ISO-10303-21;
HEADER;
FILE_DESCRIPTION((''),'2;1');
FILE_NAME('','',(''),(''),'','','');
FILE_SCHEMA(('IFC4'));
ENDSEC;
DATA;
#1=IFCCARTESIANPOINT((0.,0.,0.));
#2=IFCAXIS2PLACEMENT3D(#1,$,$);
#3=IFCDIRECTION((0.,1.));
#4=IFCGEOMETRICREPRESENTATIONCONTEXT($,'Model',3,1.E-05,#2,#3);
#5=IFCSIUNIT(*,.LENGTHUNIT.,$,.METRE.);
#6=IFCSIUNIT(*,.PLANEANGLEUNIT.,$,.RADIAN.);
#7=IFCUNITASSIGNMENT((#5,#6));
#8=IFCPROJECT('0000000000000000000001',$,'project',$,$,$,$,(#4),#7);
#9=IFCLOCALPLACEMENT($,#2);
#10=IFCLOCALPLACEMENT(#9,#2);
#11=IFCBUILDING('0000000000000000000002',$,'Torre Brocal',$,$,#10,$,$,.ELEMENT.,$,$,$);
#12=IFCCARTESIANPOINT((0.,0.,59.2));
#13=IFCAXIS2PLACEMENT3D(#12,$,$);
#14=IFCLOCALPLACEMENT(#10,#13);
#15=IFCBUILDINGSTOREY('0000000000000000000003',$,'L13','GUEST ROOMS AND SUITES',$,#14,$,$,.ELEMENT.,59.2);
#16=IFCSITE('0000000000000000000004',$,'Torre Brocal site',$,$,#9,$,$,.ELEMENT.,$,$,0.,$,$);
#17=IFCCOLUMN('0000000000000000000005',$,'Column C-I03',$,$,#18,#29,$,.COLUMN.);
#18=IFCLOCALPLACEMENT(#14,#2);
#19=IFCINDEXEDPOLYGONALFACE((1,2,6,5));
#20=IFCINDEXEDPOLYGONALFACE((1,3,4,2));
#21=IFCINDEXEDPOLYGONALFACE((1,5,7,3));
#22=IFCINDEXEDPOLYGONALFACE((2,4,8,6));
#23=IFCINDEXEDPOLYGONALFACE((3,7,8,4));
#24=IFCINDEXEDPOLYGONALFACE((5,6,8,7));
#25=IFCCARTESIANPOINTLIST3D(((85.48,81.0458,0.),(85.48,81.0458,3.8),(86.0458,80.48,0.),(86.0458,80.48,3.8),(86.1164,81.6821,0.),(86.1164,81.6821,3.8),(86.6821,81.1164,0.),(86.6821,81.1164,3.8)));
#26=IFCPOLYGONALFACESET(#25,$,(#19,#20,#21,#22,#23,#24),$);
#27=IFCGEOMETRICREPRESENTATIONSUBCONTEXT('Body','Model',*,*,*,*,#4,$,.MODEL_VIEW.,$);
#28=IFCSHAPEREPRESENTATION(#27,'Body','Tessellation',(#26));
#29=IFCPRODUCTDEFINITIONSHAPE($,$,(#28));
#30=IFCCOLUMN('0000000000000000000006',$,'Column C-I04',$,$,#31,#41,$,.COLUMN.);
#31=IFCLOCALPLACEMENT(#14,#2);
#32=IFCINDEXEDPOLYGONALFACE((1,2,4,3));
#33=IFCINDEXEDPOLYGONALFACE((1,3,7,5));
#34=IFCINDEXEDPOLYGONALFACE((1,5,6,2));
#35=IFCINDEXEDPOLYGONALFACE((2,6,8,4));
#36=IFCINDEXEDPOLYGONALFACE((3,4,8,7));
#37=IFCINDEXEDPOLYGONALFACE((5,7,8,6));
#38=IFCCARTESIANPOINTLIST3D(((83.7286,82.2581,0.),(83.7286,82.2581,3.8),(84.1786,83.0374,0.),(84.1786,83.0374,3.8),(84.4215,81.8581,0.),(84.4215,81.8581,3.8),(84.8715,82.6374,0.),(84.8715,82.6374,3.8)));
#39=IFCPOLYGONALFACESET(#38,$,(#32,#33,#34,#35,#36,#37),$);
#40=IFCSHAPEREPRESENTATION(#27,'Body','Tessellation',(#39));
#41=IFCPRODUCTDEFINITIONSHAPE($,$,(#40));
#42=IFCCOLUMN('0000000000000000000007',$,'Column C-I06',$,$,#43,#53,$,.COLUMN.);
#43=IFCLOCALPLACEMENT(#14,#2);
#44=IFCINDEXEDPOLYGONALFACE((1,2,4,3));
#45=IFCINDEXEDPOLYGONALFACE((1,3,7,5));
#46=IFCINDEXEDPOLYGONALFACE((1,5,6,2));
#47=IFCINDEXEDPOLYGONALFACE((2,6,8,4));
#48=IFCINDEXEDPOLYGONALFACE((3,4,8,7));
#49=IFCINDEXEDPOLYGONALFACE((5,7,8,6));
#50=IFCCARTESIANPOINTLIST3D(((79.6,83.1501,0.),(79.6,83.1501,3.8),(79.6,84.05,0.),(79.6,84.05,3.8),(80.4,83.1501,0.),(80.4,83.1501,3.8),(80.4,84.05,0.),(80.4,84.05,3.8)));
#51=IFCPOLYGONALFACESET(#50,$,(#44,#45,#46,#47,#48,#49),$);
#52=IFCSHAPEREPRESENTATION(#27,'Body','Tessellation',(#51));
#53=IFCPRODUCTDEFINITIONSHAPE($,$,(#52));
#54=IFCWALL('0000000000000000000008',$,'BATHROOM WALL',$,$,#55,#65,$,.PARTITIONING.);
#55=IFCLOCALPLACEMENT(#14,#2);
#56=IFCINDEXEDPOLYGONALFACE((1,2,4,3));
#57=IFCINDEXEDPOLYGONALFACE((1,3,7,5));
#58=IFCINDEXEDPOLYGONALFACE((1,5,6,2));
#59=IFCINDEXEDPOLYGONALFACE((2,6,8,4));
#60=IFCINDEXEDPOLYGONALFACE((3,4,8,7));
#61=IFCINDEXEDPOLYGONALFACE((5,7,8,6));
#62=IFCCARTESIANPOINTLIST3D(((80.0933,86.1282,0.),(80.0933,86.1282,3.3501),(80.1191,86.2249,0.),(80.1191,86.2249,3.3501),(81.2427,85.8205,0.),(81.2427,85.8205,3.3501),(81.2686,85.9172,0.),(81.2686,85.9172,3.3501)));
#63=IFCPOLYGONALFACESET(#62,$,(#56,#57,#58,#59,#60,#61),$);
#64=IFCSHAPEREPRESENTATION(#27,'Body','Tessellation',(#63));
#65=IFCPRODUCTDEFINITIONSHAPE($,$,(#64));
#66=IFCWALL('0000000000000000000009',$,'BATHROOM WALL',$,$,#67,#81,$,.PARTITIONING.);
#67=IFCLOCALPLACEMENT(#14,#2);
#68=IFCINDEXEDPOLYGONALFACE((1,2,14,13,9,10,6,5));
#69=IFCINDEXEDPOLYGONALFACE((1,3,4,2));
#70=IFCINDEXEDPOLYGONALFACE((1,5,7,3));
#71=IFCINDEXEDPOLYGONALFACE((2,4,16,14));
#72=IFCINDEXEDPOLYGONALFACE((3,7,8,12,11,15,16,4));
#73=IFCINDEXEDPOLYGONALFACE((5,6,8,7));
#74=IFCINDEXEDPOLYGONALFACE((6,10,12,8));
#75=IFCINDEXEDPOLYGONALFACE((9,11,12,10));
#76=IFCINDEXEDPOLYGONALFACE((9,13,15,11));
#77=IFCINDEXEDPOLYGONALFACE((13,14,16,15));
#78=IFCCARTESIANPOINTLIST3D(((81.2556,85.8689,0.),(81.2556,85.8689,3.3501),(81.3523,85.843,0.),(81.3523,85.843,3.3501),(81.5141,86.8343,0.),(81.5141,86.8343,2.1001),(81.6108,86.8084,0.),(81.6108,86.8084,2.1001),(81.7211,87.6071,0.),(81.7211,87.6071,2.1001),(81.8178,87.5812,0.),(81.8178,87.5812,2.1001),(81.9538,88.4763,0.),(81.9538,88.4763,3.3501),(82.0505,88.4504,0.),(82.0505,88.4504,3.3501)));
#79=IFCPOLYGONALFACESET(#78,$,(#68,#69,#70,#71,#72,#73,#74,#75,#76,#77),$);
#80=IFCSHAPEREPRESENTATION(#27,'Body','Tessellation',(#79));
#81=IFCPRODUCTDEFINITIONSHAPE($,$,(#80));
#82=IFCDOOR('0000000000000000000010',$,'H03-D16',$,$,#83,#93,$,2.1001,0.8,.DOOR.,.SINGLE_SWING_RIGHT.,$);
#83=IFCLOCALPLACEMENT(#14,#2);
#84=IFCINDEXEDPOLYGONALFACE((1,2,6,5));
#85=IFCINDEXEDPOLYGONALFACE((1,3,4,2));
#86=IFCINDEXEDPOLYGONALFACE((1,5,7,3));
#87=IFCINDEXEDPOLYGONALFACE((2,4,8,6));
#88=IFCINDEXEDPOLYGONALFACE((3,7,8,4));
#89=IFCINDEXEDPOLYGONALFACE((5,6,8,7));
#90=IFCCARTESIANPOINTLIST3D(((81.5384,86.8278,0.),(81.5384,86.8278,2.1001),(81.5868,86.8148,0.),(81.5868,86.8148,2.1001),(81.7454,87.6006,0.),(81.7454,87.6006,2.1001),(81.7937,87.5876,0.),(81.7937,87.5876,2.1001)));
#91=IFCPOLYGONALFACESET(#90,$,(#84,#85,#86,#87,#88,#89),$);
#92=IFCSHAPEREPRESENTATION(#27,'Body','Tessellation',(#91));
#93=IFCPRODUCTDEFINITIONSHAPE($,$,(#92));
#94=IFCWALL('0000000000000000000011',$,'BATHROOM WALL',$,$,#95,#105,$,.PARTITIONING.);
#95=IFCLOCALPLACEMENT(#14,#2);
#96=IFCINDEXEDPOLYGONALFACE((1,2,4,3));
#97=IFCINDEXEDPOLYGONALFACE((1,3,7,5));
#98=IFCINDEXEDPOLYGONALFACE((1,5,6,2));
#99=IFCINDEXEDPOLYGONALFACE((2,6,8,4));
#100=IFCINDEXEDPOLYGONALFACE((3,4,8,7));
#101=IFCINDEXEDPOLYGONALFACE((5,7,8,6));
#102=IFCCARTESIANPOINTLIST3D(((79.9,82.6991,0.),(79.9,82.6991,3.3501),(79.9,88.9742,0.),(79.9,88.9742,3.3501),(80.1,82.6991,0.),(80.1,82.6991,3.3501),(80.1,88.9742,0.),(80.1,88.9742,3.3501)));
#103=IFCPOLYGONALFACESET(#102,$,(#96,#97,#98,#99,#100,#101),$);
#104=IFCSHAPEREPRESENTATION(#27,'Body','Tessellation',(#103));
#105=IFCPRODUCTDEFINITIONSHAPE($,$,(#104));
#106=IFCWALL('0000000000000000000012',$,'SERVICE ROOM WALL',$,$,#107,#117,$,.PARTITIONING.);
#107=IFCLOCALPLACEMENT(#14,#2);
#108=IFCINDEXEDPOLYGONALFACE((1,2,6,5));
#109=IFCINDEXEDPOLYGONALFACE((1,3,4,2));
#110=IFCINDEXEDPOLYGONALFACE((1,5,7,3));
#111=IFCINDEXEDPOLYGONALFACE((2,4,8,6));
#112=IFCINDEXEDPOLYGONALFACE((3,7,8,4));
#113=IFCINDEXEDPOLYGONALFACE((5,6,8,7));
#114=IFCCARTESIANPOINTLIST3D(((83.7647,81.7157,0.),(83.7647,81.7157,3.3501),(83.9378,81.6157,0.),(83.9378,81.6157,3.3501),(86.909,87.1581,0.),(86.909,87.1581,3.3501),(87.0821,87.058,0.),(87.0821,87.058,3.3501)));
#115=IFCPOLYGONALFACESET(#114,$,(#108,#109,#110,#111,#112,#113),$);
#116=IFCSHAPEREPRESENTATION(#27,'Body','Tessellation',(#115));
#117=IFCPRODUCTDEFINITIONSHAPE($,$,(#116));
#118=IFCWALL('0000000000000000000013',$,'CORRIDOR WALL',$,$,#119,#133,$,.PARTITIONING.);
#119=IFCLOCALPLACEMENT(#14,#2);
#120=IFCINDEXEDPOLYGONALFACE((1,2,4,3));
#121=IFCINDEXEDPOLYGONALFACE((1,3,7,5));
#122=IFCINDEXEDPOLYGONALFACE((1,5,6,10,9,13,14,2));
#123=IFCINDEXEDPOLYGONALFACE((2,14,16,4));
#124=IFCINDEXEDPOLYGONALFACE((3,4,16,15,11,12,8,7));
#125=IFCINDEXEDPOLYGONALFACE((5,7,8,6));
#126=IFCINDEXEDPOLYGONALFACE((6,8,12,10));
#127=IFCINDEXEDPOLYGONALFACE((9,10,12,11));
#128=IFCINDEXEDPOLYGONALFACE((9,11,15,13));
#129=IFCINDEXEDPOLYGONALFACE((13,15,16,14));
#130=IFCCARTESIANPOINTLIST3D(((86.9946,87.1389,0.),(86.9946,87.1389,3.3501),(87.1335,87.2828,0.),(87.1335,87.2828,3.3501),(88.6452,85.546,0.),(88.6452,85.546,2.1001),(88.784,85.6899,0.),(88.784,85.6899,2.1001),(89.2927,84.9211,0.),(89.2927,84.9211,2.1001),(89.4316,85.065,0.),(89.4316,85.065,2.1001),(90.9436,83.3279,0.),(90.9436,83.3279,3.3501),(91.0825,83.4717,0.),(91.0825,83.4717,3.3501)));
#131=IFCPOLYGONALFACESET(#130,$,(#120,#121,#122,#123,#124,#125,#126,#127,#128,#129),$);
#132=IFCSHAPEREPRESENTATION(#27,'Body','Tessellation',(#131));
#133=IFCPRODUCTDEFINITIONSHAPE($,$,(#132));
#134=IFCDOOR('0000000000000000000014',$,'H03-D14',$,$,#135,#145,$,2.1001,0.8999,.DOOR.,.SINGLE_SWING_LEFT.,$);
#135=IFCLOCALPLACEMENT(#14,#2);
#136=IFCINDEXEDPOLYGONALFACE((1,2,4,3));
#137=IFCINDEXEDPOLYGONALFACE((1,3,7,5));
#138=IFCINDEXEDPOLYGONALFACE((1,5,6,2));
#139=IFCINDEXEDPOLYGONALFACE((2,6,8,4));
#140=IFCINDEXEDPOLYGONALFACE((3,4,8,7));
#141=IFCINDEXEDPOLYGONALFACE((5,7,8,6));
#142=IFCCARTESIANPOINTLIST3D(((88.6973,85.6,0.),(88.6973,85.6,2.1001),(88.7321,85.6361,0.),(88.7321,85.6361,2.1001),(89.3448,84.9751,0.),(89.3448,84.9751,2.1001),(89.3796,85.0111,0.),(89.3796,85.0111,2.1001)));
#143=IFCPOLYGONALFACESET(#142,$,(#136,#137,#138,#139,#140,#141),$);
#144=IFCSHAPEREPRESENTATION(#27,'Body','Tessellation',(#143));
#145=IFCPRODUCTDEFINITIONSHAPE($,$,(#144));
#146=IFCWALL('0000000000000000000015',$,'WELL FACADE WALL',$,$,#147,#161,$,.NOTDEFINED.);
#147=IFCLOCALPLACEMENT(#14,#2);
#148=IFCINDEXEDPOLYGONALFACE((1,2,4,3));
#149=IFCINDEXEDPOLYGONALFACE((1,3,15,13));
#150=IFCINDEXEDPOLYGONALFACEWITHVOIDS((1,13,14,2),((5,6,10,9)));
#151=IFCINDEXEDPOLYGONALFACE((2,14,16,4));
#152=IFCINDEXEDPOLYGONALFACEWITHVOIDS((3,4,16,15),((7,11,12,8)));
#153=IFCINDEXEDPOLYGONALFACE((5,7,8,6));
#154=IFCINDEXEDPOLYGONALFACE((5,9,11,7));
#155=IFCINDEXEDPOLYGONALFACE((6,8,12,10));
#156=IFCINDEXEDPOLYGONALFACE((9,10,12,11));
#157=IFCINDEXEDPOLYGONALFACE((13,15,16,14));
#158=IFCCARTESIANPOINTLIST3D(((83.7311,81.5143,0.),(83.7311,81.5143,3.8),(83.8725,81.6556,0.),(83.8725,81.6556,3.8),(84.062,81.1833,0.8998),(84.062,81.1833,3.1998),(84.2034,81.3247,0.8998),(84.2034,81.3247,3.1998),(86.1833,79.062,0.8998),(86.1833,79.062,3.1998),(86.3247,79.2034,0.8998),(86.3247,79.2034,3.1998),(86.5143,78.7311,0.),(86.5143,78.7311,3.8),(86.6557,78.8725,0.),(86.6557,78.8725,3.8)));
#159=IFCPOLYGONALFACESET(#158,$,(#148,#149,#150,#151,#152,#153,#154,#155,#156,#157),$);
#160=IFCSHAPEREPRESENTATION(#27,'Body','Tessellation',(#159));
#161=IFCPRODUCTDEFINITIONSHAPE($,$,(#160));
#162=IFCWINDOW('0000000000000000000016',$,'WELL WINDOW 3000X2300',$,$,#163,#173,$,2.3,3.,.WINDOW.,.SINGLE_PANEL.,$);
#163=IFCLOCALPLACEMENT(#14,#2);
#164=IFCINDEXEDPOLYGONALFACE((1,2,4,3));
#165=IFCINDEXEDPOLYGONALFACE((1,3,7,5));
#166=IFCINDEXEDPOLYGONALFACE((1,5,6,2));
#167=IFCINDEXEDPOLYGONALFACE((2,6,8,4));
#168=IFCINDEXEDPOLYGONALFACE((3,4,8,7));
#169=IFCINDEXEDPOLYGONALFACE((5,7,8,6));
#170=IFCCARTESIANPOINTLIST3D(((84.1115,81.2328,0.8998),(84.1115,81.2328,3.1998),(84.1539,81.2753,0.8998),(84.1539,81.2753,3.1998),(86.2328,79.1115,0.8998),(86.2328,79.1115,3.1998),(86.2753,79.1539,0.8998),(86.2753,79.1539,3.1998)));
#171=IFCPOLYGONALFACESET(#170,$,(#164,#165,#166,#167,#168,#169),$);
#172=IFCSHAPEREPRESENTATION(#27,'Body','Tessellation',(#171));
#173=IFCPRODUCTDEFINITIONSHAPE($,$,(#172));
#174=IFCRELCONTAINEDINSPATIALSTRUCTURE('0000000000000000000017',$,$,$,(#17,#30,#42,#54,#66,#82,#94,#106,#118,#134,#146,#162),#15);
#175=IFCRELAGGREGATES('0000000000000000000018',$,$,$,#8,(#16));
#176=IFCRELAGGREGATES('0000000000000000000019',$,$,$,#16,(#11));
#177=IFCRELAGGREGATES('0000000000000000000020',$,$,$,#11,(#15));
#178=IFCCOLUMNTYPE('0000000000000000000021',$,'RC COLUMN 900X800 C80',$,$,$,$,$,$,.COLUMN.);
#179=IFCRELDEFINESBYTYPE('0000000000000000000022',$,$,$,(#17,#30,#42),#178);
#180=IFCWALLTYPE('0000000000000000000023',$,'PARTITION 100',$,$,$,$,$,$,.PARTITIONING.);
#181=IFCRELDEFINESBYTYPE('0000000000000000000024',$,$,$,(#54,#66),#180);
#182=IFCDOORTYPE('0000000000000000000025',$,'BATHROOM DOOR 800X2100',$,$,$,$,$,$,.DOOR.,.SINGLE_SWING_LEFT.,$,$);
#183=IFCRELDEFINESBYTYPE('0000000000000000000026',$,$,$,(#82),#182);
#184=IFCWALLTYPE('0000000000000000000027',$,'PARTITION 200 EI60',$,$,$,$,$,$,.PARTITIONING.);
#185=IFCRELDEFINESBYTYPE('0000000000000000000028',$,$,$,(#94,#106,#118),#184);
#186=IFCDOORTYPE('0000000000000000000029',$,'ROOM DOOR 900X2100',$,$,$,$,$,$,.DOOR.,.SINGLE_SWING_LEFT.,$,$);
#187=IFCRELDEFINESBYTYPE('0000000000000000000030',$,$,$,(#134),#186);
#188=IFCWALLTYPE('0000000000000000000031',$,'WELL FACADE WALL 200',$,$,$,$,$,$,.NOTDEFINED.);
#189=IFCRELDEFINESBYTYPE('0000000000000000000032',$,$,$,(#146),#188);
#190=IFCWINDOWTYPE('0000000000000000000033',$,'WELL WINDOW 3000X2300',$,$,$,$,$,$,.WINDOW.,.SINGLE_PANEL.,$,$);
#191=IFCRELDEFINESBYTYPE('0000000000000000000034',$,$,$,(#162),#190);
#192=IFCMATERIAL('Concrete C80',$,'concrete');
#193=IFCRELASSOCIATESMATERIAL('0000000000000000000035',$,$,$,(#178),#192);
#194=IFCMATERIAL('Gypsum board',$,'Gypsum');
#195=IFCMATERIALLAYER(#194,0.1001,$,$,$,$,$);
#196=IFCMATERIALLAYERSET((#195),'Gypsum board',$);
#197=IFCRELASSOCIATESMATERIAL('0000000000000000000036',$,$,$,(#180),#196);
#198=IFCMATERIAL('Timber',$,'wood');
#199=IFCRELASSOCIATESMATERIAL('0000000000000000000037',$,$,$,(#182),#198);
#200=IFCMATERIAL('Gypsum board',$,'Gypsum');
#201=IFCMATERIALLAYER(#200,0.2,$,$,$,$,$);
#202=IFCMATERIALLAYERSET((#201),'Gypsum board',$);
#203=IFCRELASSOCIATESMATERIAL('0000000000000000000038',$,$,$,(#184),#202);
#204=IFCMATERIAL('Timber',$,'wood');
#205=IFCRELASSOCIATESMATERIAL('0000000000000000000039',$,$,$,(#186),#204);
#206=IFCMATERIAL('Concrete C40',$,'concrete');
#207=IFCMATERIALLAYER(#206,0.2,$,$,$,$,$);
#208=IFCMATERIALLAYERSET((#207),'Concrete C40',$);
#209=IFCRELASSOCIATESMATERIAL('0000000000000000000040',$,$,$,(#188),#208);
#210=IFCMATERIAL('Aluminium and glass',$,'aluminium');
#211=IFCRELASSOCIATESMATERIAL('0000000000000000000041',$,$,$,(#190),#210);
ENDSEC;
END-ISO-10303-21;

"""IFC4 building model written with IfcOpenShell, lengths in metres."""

from ifc_helpers import new_model, si_unit, direction, frame, frame_2d, origin, origin_2d, place, context, subcontext, project, spatial, rectangle, extrude, material, layer, layer_set, material_profile, profile_set, type_object, element, fill, save


model = new_model("IFC4")

# Units and contexts
model_context = context("Model", 3, precision=1e-05, world=origin(), true_north=direction((0.0, 1.0)))
body_context = subcontext(model_context, "Body", "Model", "MODEL_VIEW")
ifc_project = project(units=[si_unit("LENGTHUNIT", "METRE"), si_unit("PLANEANGLEUNIT", "RADIAN")], contexts=[model_context])

# Site, building, storey
site_placement = place(None, origin())
site = spatial("IfcSite", under=ifc_project, at=site_placement, Name="Torre Brocal site", CompositionType="ELEMENT", RefElevation=0.0)
building_placement = place(site_placement, origin())
building = spatial("IfcBuilding", under=site, at=building_placement, Name="Torre Brocal", CompositionType="ELEMENT")
storey_placement = place(building_placement, frame((0.0, 0.0, 59.2)))
storey = spatial("IfcBuildingStorey", under=building, at=storey_placement, Name="L13", Description="GUEST ROOMS AND SUITES", CompositionType="ELEMENT", Elevation=59.2)

# Columns
ifc_material_1 = material(Name="Concrete C80", Category="concrete")
ifc_material_profile = material_profile(ifc_material_1, rectangle(XDim=0.8999, YDim=0.8, at=origin_2d()), Name="RC 900X800")
ifc_profile_set = profile_set([ifc_material_profile], Name="Concrete C80")
column_type = type_object("IfcColumnType", Name="RC COLUMN 900X800 C80", PredefinedType="COLUMN", material=ifc_profile_set)
for number, where, z_axis, x_axis, name in (
    (1, (86.0811, 81.0811, 0.0), (0.0, 0.0, 1.0), (0.707107, 0.707107, 0.0), "Column C-I03"),
    (2, (84.3, 82.4478, 0.0), (0.0, 0.0, 1.0), (0.5, 0.866025, 0.0), "Column C-I04"),
    (3, (80.0, 83.6001, 0.0), (0.0, 0.0, 1.0), (0.0, 1.0, 0.0), "Column C-I06"),
):
    element("IfcColumn", number, at=place(storey_placement, frame(where, z_axis=z_axis, x_axis=x_axis)), inside=storey, type_object=column_type, Name=name, PredefinedType="COLUMN", context=body_context, shape_type="SweptSolid", body=[
        extrude(rectangle(XDim=0.8999, YDim=0.8, at=origin_2d()), origin(), (0.0, 0.0, 1.0), 3.8),
    ])

# Wall
ifc_material_2 = material(Name="Gypsum board", Category="Gypsum")
ifc_layer_1 = layer(ifc_material_2, 0.1001)
ifc_layer_set_1 = layer_set([ifc_layer_1], Name="Gypsum board")
wall_type_1 = type_object("IfcWallType", Name="PARTITION 100", PredefinedType="PARTITIONING", material=ifc_layer_set_1)
wall_1_placement = place(storey_placement, frame((80.1062, 86.1765, 0.0), z_axis=(0.0, 0.0, 1.0), x_axis=(0.966003, -0.258531, 0.0)))
element("IfcWall", 4, at=wall_1_placement, inside=storey, type_object=wall_type_1, Name="BATHROOM WALL", PredefinedType="PARTITIONING", context=body_context, shape_type="SweptSolid", body=[
    extrude(rectangle(XDim=1.1899, YDim=0.1001, at=frame_2d((0.595, 0.0))), origin(), (0.0, 0.0, 1.0), 3.3501),
])

# Wall, opening, door
wall_2_placement = place(storey_placement, frame((81.304, 85.856, 0.0), z_axis=(0.0, 0.0, 1.0), x_axis=(0.258676, 0.965964, 0.0)))
wall_2 = element("IfcWall", 5, at=wall_2_placement, inside=storey, type_object=wall_type_1, Name="BATHROOM WALL", PredefinedType="PARTITIONING", context=body_context, shape_type="SweptSolid", body=[
    extrude(rectangle(XDim=2.6992, YDim=0.1001, at=frame_2d((1.3496, 0.0))), origin(), (0.0, 0.0, 1.0), 3.3501),
])
opening_1_placement = place(wall_2_placement, frame((0.9995, 0.0, 0.0)))
opening_1 = element("IfcOpeningElement", 6, at=opening_1_placement, cuts=wall_2, PredefinedType="OPENING", context=body_context, shape_type="SweptSolid", body=[
    extrude(rectangle(XDim=0.8, YDim=2.1001, at=frame_2d((0.3999, 1.05))), frame((0.0, 0.0601, 0.0), z_axis=(0.0, -1.0, 0.0), x_axis=(1.0, 0.0, 0.0)), (0.0, 0.0, 1.0), 0.1201),
])
ifc_material_3 = material(Name="Timber", Category="wood")
door_type_1 = type_object("IfcDoorType", Name="BATHROOM DOOR 800X2100", OperationType="SINGLE_SWING_LEFT", PredefinedType="DOOR", material=ifc_material_3)
door_1_placement = place(opening_1_placement, origin())
door_1 = element("IfcDoor", 7, at=door_1_placement, inside=storey, type_object=door_type_1, Name="H03-D16", OperationType="SINGLE_SWING_RIGHT", OverallHeight=2.1001, OverallWidth=0.8, PredefinedType="DOOR", context=body_context, shape_type="SweptSolid", body=[
    extrude(rectangle(XDim=0.8, YDim=2.1001, at=frame_2d((0.3999, 1.05))), frame((0.0, 0.0249, 0.0), z_axis=(0.0, -1.0, 0.0), x_axis=(1.0, 0.0, 0.0)), (0.0, 0.0, 1.0), 0.05),
])
fill(opening_1, door_1)

# Walls
ifc_material_4 = material(Name="Gypsum board", Category="Gypsum")
ifc_layer_2 = layer(ifc_material_4, 0.2)
ifc_layer_set_2 = layer_set([ifc_layer_2], Name="Gypsum board")
wall_type_2 = type_object("IfcWallType", Name="PARTITION 200 EI60", PredefinedType="PARTITIONING", material=ifc_layer_set_2)
wall_3_placement = place(storey_placement, frame((80.0, 82.699, 0.0), z_axis=(0.0, 0.0, 1.0), x_axis=(0.0, 1.0, 0.0)))
element("IfcWall", 8, at=wall_3_placement, inside=storey, type_object=wall_type_2, Name="BATHROOM WALL", PredefinedType="PARTITIONING", context=body_context, shape_type="SweptSolid", body=[
    extrude(rectangle(XDim=6.2751, YDim=0.2, at=frame_2d((3.1377, 0.0))), origin(), (0.0, 0.0, 1.0), 3.3501),
])
wall_4_placement = place(storey_placement, frame((83.8513, 81.6658, 0.0), z_axis=(0.0, 0.0, 1.0), x_axis=(0.500254, 0.865879, 0.0)))
element("IfcWall", 9, at=wall_4_placement, inside=storey, type_object=wall_type_2, Name="SERVICE ROOM WALL", PredefinedType="PARTITIONING", context=body_context, shape_type="SweptSolid", body=[
    extrude(rectangle(XDim=6.2854, YDim=0.2, at=frame_2d((3.1426, 0.0))), origin(), (0.0, 0.0, 1.0), 3.3501),
])

# Wall, opening, door
wall_5_placement = place(storey_placement, frame((87.064, 87.2109, 0.0), z_axis=(0.0, 0.0, 1.0), x_axis=(0.719562, -0.694428, 0.0)))
wall_5 = element("IfcWall", 10, at=wall_5_placement, inside=storey, type_object=wall_type_2, Name="CORRIDOR WALL", PredefinedType="PARTITIONING", context=body_context, shape_type="SweptSolid", body=[
    extrude(rectangle(XDim=5.488, YDim=0.2, at=frame_2d((2.7441, 0.0))), origin(), (0.0, 0.0, 1.0), 3.3501),
])
opening_2_placement = place(wall_5_placement, frame((2.2939, 0.0, 0.0)))
opening_2 = element("IfcOpeningElement", 11, at=opening_2_placement, cuts=wall_5, PredefinedType="OPENING", context=body_context, shape_type="SweptSolid", body=[
    extrude(rectangle(XDim=0.8999, YDim=2.1001, at=frame_2d((0.45, 1.05))), frame((0.0, 0.1099, 0.0), z_axis=(0.0, -1.0, 0.0), x_axis=(1.0, 0.0, 0.0)), (0.0, 0.0, 1.0), 0.22),
])
ifc_material_5 = material(Name="Timber", Category="wood")
door_type_2 = type_object("IfcDoorType", Name="ROOM DOOR 900X2100", OperationType="SINGLE_SWING_LEFT", PredefinedType="DOOR", material=ifc_material_5)
door_2_placement = place(opening_2_placement, frame((0.8999, 0.0, 0.0), z_axis=(0.0, 0.0, 1.0), x_axis=(-1.0, 0.0, 0.0)))
door_2 = element("IfcDoor", 12, at=door_2_placement, inside=storey, type_object=door_type_2, Name="H03-D14", OperationType="SINGLE_SWING_LEFT", OverallHeight=2.1001, OverallWidth=0.8999, PredefinedType="DOOR", context=body_context, shape_type="SweptSolid", body=[
    extrude(rectangle(XDim=0.8999, YDim=2.1001, at=frame_2d((0.45, 1.05))), frame((0.0, 0.0249, 0.0), z_axis=(0.0, -1.0, 0.0), x_axis=(1.0, 0.0, 0.0)), (0.0, 0.0, 1.0), 0.05),
])
fill(opening_2, door_2)

# Wall, opening, window
ifc_material_6 = material(Name="Concrete C40", Category="concrete")
ifc_layer_3 = layer(ifc_material_6, 0.2)
ifc_layer_set_3 = layer_set([ifc_layer_3], Name="Concrete C40")
wall_type_3 = type_object("IfcWallType", Name="WELL FACADE WALL 200", PredefinedType="NOTDEFINED", material=ifc_layer_set_3)
wall_6_placement = place(storey_placement, frame((86.585, 78.8018, 0.0), z_axis=(0.0, 0.0, 1.0), x_axis=(-0.707107, 0.707107, 0.0)))
wall_6 = element("IfcWall", 13, at=wall_6_placement, inside=storey, type_object=wall_type_3, Name="WELL FACADE WALL", PredefinedType="NOTDEFINED", context=body_context, shape_type="SweptSolid", body=[
    extrude(rectangle(XDim=3.936, YDim=0.2, at=frame_2d((1.968, 0.0))), origin(), (0.0, 0.0, 1.0), 3.8),
])
opening_3_placement = place(wall_6_placement, frame((0.468, 0.0, 0.8999)))
opening_3 = element("IfcOpeningElement", 14, at=opening_3_placement, cuts=wall_6, PredefinedType="OPENING", context=body_context, shape_type="SweptSolid", body=[
    extrude(rectangle(XDim=3.0, YDim=2.3, at=frame_2d((1.5, 1.1499))), frame((0.0, 0.1099, 0.0), z_axis=(0.0, -1.0, 0.0), x_axis=(1.0, 0.0, 0.0)), (0.0, 0.0, 1.0), 0.22),
])
ifc_material_7 = material(Name="Aluminium and glass", Category="aluminium")
window_type = type_object("IfcWindowType", Name="WELL WINDOW 3000X2300", PartitioningType="SINGLE_PANEL", PredefinedType="WINDOW", material=ifc_material_7)
window_1_placement = place(opening_3_placement, origin())
window_1 = element("IfcWindow", 15, at=window_1_placement, inside=storey, type_object=window_type, Name="WELL WINDOW 3000X2300", OverallHeight=2.3, OverallWidth=3.0, PartitioningType="SINGLE_PANEL", PredefinedType="WINDOW", context=body_context, shape_type="SweptSolid", body=[
    extrude(rectangle(XDim=3.0, YDim=2.3, at=frame_2d((1.5, 1.1499))), frame((0.0, 0.03, 0.0), z_axis=(0.0, -1.0, 0.0), x_axis=(1.0, 0.0, 0.0)), (0.0, 0.0, 1.0), 0.0601),
])
fill(opening_3, window_1)

save(model, "model.ifc")
